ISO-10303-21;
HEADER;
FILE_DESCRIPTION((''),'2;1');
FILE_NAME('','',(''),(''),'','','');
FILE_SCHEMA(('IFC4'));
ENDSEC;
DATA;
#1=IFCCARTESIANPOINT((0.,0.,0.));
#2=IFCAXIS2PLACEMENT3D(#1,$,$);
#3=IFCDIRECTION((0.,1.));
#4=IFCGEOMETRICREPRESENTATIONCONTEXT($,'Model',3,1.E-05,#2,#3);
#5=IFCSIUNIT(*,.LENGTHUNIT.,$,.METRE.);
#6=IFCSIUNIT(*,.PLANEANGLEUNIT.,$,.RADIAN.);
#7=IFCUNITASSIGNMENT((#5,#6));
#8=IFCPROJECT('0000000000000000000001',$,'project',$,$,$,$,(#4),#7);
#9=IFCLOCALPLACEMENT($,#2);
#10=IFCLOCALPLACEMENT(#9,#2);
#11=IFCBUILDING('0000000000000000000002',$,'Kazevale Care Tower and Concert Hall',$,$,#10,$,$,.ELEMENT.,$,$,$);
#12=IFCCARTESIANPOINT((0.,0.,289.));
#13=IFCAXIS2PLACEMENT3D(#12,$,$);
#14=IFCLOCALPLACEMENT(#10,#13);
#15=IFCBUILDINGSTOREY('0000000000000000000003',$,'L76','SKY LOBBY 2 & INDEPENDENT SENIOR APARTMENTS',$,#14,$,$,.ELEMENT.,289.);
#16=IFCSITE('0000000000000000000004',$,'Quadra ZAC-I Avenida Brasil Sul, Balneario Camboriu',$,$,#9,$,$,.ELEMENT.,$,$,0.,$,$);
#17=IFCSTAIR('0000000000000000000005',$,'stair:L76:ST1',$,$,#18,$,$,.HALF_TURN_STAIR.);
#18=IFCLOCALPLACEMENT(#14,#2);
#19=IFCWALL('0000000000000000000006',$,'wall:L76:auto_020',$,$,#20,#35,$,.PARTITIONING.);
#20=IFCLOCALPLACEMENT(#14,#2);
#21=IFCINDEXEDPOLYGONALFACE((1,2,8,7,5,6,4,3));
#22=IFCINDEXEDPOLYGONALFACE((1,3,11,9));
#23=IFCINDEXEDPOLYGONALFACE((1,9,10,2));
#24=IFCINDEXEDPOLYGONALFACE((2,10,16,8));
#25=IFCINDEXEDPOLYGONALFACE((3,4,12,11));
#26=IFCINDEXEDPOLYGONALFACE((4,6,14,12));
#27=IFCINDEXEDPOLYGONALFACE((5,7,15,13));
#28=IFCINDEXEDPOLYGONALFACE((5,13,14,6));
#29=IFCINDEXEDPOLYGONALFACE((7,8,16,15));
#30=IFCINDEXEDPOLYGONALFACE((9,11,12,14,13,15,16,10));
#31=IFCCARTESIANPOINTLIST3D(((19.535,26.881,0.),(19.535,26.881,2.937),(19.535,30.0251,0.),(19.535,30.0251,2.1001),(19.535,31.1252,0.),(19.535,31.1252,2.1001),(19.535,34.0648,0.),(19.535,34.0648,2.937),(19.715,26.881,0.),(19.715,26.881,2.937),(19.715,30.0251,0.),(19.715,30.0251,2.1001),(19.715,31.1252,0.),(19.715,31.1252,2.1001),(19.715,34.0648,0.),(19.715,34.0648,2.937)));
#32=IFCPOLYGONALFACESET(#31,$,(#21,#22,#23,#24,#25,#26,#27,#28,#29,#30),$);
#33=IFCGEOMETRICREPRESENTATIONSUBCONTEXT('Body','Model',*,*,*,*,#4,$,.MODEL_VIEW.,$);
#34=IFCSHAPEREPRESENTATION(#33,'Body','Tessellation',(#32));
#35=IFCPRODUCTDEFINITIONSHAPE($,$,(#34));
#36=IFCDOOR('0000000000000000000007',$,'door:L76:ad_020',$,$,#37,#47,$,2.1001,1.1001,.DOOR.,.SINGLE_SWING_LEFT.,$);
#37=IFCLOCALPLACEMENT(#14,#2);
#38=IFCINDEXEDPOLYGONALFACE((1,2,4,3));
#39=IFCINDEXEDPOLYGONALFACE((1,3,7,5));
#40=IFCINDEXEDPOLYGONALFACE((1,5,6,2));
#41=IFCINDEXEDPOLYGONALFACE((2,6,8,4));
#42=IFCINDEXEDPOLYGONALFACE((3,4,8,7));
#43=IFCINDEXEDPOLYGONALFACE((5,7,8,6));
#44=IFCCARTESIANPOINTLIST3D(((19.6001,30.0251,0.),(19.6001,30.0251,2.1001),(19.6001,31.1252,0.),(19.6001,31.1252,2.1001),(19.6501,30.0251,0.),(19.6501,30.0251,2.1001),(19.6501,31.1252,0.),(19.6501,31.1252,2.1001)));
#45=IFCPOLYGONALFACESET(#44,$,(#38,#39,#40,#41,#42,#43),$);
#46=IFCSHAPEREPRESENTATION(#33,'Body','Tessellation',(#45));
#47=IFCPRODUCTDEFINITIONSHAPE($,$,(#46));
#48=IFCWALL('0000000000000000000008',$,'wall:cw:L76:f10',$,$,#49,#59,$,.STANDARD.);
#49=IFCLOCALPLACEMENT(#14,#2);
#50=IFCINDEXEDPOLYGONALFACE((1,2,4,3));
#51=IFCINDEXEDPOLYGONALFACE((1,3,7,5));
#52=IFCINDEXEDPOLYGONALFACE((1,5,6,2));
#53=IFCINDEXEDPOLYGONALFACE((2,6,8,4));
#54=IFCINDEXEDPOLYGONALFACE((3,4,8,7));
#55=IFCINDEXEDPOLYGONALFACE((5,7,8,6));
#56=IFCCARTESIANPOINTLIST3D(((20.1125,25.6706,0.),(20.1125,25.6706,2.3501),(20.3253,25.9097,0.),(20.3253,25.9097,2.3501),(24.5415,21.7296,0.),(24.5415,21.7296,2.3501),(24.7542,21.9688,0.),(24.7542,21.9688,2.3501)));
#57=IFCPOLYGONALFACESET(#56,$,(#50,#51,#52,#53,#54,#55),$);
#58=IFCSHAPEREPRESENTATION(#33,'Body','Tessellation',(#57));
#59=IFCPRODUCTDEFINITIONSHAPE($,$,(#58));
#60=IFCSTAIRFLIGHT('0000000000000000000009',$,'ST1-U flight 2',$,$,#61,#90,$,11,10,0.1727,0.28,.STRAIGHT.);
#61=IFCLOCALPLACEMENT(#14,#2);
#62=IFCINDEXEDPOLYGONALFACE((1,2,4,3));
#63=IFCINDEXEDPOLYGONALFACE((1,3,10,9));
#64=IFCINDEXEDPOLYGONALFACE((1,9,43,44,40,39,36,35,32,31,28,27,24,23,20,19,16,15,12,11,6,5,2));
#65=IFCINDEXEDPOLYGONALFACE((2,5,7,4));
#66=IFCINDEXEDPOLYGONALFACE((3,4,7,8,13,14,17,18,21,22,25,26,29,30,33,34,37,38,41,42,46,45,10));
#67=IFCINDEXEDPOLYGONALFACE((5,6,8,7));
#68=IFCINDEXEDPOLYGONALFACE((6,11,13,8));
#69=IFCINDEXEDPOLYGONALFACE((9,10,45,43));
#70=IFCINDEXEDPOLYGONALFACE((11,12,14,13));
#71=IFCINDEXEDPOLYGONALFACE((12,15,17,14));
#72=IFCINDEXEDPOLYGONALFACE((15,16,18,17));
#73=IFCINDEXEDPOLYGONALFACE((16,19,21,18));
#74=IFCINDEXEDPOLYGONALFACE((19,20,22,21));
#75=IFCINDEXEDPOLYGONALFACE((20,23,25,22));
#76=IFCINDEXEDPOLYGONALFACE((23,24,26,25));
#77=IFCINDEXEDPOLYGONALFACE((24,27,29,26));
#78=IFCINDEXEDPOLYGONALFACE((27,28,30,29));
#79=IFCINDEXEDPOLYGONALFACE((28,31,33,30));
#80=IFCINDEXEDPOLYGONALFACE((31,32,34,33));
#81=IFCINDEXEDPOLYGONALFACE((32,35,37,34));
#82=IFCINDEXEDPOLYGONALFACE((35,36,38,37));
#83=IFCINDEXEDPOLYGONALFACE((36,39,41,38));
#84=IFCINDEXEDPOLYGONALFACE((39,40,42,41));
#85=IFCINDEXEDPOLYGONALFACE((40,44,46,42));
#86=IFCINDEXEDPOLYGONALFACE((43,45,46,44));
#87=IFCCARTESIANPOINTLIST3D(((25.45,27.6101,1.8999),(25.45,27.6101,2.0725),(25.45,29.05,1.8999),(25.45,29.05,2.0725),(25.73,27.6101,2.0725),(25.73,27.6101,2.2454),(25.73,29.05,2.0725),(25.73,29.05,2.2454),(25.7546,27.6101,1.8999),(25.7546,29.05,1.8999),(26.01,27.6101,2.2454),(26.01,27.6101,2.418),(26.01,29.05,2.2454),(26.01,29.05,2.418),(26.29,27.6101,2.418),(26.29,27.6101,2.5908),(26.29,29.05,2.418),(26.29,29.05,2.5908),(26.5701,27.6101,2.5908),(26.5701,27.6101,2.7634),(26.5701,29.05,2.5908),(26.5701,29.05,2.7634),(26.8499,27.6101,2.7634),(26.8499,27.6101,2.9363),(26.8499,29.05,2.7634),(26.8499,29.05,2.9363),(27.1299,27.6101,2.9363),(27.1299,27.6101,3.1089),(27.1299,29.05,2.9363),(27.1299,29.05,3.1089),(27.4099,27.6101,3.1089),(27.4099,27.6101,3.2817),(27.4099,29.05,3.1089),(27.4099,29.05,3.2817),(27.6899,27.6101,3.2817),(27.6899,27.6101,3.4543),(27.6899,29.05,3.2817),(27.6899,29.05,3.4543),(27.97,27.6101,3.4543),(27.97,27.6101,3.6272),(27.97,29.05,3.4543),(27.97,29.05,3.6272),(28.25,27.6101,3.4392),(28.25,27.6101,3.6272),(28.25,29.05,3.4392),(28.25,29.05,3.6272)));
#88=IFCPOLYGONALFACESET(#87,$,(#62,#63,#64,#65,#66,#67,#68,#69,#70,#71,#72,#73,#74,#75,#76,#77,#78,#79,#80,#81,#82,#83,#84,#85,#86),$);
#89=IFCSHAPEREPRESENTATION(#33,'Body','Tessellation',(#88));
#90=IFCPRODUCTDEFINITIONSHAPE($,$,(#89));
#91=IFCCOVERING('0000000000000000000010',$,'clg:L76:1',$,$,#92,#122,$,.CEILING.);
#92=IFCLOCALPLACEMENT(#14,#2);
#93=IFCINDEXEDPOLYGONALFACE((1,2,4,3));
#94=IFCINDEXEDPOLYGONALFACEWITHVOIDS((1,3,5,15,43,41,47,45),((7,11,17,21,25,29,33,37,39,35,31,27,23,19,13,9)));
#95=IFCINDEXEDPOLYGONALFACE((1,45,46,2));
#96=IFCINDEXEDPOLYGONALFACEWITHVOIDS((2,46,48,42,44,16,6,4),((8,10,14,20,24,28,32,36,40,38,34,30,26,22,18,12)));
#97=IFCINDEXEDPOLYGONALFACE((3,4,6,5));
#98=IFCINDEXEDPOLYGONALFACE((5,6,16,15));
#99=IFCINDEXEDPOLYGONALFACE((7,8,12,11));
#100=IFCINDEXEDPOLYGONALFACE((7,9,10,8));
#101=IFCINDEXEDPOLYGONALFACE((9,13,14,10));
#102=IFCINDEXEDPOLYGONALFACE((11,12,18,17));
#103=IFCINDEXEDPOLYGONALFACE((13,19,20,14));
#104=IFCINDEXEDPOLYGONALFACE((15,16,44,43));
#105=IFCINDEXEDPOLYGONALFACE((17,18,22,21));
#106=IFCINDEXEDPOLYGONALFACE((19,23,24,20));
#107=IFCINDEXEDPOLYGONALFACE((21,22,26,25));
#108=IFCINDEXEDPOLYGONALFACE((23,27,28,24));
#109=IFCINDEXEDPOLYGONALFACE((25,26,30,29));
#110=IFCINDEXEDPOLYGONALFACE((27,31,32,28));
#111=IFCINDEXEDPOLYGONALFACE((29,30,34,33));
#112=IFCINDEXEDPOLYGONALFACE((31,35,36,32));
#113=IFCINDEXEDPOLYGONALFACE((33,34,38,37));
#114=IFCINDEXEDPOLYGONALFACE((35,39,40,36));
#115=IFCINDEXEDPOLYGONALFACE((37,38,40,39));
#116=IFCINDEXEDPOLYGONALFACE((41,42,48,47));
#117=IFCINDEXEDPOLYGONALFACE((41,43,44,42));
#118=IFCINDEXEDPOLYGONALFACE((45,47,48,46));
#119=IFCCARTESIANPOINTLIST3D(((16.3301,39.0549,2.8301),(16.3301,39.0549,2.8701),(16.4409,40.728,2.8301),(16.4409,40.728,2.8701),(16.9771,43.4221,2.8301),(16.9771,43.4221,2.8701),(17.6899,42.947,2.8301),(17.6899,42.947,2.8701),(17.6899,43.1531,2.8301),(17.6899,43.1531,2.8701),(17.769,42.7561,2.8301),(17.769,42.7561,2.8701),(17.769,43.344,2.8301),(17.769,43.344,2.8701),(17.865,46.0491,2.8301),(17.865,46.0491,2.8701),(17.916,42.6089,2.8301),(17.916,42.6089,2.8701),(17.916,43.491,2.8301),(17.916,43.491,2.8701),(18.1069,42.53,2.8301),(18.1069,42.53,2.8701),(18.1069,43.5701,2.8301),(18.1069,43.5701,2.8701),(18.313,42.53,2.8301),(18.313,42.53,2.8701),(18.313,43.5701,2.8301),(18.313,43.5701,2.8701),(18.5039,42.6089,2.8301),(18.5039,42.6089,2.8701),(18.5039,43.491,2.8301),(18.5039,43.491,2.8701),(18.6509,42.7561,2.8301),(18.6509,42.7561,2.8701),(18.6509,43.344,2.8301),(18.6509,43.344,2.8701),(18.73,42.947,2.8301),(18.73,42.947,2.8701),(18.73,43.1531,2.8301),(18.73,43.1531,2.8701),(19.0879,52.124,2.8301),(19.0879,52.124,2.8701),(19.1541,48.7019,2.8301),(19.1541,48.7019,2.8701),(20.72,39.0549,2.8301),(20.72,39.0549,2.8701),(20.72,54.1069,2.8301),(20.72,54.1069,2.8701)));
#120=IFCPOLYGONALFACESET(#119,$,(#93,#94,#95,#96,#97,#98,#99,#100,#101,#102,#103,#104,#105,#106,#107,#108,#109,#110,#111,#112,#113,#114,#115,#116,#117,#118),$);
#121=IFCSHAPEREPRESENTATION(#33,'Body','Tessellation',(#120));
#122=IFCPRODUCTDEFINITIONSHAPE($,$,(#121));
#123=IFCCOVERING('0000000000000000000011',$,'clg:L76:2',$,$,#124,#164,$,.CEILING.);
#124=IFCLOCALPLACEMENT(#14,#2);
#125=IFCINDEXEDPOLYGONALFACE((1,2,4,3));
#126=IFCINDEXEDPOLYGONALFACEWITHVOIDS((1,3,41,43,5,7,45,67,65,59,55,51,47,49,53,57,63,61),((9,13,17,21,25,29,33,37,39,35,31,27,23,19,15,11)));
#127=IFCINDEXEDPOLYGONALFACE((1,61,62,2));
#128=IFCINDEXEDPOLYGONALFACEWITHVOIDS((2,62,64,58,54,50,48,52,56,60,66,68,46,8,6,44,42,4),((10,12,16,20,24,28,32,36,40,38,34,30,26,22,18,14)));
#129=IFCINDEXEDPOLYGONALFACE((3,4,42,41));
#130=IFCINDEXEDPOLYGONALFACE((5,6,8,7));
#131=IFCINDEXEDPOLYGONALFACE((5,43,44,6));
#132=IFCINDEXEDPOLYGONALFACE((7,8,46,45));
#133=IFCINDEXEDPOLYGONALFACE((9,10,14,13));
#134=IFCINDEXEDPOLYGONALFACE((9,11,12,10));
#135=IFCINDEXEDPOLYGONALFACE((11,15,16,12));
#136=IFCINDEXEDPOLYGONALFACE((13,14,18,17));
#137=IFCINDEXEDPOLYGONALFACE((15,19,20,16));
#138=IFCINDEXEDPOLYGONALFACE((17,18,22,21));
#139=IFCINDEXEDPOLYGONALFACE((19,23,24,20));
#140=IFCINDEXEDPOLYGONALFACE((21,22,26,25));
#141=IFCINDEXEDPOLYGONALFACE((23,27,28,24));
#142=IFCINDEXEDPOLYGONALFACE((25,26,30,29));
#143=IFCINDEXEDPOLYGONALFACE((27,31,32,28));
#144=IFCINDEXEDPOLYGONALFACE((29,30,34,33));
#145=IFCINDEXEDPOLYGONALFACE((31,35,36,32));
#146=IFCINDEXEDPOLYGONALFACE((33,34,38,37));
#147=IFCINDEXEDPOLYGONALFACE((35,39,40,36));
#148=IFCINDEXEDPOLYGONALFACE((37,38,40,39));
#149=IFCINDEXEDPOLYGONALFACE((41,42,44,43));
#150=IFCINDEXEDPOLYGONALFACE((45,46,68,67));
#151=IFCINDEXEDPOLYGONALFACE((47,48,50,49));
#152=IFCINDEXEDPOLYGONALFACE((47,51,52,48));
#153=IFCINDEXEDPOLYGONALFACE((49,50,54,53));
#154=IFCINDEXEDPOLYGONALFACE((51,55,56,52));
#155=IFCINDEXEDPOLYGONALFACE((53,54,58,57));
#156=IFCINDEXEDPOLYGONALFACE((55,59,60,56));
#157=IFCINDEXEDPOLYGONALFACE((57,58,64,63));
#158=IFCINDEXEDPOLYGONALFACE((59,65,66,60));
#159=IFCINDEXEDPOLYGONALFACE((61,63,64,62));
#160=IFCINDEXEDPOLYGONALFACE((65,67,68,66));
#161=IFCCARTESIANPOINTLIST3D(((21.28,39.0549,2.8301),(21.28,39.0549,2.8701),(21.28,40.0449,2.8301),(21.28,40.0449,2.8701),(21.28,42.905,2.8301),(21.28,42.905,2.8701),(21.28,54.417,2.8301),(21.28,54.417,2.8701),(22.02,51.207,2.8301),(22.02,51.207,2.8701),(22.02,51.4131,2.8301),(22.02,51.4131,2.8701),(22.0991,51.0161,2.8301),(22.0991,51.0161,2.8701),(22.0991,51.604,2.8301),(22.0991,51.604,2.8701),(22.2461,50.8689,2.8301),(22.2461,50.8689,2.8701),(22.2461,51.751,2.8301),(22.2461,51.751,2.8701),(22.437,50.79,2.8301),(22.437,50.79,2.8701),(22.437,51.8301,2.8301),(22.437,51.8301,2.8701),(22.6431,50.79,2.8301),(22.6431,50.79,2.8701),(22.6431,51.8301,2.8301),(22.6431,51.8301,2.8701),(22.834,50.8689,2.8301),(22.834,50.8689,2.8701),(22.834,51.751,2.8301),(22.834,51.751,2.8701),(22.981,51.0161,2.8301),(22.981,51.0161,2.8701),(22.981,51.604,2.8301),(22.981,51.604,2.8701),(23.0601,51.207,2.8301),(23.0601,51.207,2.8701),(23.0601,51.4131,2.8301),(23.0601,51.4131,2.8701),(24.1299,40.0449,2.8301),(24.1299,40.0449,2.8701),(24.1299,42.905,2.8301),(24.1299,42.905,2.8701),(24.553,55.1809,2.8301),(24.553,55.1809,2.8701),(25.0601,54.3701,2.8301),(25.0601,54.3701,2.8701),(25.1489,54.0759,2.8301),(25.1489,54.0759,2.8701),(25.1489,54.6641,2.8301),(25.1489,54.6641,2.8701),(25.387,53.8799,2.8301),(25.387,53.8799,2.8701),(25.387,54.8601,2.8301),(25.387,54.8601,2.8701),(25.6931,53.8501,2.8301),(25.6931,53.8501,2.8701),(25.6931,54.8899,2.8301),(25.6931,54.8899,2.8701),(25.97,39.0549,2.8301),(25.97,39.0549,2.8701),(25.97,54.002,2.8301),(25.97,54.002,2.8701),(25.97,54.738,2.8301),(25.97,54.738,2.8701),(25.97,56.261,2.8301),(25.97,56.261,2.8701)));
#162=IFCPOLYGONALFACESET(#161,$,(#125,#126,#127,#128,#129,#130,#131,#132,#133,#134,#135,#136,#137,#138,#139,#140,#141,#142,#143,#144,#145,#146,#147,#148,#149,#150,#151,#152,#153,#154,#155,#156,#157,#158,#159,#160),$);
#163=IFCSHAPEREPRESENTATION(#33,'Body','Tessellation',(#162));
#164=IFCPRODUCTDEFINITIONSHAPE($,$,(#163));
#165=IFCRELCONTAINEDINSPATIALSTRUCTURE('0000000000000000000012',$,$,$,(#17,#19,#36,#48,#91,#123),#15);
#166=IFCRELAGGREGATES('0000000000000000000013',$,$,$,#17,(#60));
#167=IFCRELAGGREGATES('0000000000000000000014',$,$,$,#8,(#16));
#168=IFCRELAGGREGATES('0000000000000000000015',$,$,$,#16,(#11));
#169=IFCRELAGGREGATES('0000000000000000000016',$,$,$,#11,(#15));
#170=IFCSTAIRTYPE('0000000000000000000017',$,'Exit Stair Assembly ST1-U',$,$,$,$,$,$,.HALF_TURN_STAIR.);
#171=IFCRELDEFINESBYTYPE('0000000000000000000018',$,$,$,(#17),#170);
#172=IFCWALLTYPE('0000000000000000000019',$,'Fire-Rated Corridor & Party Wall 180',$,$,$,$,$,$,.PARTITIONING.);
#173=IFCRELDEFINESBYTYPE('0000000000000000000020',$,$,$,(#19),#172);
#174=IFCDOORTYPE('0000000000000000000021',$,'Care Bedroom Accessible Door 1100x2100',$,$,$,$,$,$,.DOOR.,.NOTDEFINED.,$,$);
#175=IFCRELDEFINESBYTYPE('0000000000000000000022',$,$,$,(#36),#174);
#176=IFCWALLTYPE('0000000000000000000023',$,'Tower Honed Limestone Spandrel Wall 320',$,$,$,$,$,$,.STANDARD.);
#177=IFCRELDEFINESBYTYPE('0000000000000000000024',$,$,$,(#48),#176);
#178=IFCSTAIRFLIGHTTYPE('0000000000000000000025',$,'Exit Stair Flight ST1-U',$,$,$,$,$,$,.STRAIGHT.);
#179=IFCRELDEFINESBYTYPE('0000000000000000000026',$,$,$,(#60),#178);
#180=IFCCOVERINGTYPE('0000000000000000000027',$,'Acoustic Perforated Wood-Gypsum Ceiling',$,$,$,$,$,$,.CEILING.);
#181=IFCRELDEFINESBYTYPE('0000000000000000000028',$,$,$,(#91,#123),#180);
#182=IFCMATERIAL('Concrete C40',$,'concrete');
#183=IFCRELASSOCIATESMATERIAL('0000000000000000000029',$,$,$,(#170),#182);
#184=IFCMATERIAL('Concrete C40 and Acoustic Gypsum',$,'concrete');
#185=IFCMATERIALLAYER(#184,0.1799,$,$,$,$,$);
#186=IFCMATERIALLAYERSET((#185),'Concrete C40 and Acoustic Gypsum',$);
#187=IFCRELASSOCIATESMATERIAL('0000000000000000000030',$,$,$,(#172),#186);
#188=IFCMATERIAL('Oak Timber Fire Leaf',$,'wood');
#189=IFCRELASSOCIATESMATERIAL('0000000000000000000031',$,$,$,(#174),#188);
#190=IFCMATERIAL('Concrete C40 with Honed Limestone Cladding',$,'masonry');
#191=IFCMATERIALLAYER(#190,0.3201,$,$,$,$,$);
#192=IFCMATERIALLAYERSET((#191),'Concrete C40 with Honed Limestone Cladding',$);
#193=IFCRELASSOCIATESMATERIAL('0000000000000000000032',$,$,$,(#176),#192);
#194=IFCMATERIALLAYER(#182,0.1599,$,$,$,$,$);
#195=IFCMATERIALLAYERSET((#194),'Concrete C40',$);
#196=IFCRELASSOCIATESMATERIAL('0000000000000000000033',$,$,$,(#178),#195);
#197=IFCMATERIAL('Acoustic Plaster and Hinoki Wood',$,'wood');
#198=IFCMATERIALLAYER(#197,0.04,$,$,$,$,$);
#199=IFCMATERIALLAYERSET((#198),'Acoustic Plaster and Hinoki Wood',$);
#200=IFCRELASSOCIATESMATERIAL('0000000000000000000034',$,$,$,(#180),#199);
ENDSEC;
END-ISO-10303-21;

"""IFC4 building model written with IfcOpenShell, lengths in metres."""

from ifc_helpers import new_model, si_unit, direction, frame, frame_2d, origin, place, context, subcontext, project, spatial, polyline, rectangle, outline, extrude, material, layer, layer_set, type_object, element, fill, aggregate, save


model = new_model("IFC4")

# Units and contexts
model_context = context("Model", 3, precision=1e-05, world=origin(), true_north=direction((0.0, 1.0)))
body_context = subcontext(model_context, "Body", "Model", "MODEL_VIEW")
ifc_project = project(units=[si_unit("LENGTHUNIT", "METRE"), si_unit("PLANEANGLEUNIT", "RADIAN")], contexts=[model_context])

# Site, building, storey
site_placement = place(None, origin())
site = spatial("IfcSite", under=ifc_project, at=site_placement, Name="Quadra ZAC-I Avenida Brasil Sul, Balneario Camboriu", CompositionType="ELEMENT", RefElevation=0.0)
building_placement = place(site_placement, origin())
building = spatial("IfcBuilding", under=site, at=building_placement, Name="Kazevale Care Tower and Concert Hall", CompositionType="ELEMENT")
storey_placement = place(building_placement, frame((0.0, 0.0, 289.0)))
storey = spatial("IfcBuildingStorey", under=building, at=storey_placement, Name="L76", Description="SKY LOBBY 2 & INDEPENDENT SENIOR APARTMENTS", CompositionType="ELEMENT", Elevation=289.0)

# Shared definitions
ifc_material_1 = material(Name="Concrete C40", Category="concrete")

# Stair
stair_type = type_object("IfcStairType", Name="Exit Stair Assembly ST1-U", PredefinedType="HALF_TURN_STAIR", material=ifc_material_1)
stair_1_placement = place(storey_placement, origin())
stair_1 = element("IfcStair", 1, at=stair_1_placement, inside=storey, type_object=stair_type, Name="stair:L76:ST1", PredefinedType="HALF_TURN_STAIR")

# Wall, opening, door
ifc_material_2 = material(Name="Concrete C40 and Acoustic Gypsum", Category="concrete")
ifc_layer_1 = layer(ifc_material_2, 0.1799)
ifc_layer_set_1 = layer_set([ifc_layer_1], Name="Concrete C40 and Acoustic Gypsum")
wall_type_1 = type_object("IfcWallType", Name="Fire-Rated Corridor & Party Wall 180", PredefinedType="PARTITIONING", material=ifc_layer_set_1)
wall_1_placement = place(storey_placement, frame((19.625, 26.8811, 0.0), z_axis=(0.0, 0.0, 1.0), x_axis=(0.0, 1.0, 0.0)))
wall_1 = element("IfcWall", 2, at=wall_1_placement, inside=storey, type_object=wall_type_1, Name="wall:L76:auto_020", PredefinedType="PARTITIONING", context=body_context, shape_type="SweptSolid", body=[
    extrude(rectangle(XDim=7.1838, YDim=0.1799, at=frame_2d((3.5918, 0.0))), origin(), (0.0, 0.0, 1.0), 2.937),
])
opening_1_placement = place(wall_1_placement, frame((3.144, 0.0, 0.0)))
opening_1 = element("IfcOpeningElement", 3, at=opening_1_placement, cuts=wall_1, PredefinedType="OPENING", context=body_context, shape_type="SweptSolid", body=[
    extrude(rectangle(XDim=1.1001, YDim=2.1001, at=frame_2d((0.55, 1.05))), frame((0.0, 0.0999, 0.0), z_axis=(0.0, -1.0, 0.0), x_axis=(1.0, 0.0, 0.0)), (0.0, 0.0, 1.0), 0.2),
])
ifc_material_3 = material(Name="Oak Timber Fire Leaf", Category="wood")
door_type_1 = type_object("IfcDoorType", Name="Care Bedroom Accessible Door 1100x2100", OperationType="NOTDEFINED", PredefinedType="DOOR", material=ifc_material_3)
door_1_placement = place(opening_1_placement, origin())
door_1 = element("IfcDoor", 4, at=door_1_placement, inside=storey, type_object=door_type_1, Name="door:L76:ad_020", OperationType="SINGLE_SWING_LEFT", OverallHeight=2.1001, OverallWidth=1.1001, PredefinedType="DOOR", context=body_context, shape_type="SweptSolid", body=[
    extrude(rectangle(XDim=1.1001, YDim=2.1001, at=frame_2d((0.55, 1.05))), frame((0.0, 0.0249, 0.0), z_axis=(0.0, -1.0, 0.0), x_axis=(1.0, 0.0, 0.0)), (0.0, 0.0, 1.0), 0.05),
])
fill(opening_1, door_1)

# Wall
ifc_material_4 = material(Name="Concrete C40 with Honed Limestone Cladding", Category="masonry")
ifc_layer_2 = layer(ifc_material_4, 0.3201)
ifc_layer_set_2 = layer_set([ifc_layer_2], Name="Concrete C40 with Honed Limestone Cladding")
wall_type_2 = type_object("IfcWallType", Name="Tower Honed Limestone Spandrel Wall 320", PredefinedType="STANDARD", material=ifc_layer_set_2)
wall_2_placement = place(storey_placement, frame((24.6479, 21.8491, 0.0), z_axis=(0.0, 0.0, 1.0), x_axis=(-0.747068, 0.664747, 0.0)))
element("IfcWall", 5, at=wall_2_placement, inside=storey, type_object=wall_type_2, Name="wall:cw:L76:f10", PredefinedType="STANDARD", context=body_context, shape_type="SweptSolid", body=[
    extrude(rectangle(XDim=5.9285, YDim=0.3201, at=frame_2d((2.9644, 0.0))), origin(), (0.0, 0.0, 1.0), 2.3501),
])

# Stair flight
ifc_layer_3 = layer(ifc_material_1, 0.1599)
ifc_layer_set_3 = layer_set([ifc_layer_3], Name="Concrete C40")
stair_flight_type = type_object("IfcStairFlightType", Name="Exit Stair Flight ST1-U", PredefinedType="STRAIGHT", material=ifc_layer_set_3)
stair_flight_placement = place(storey_placement, frame((25.45, 28.3301, 1.8999), z_axis=(0.0, 0.0, 1.0), x_axis=(1.0, 0.0, 0.0)))
stair_flight = element("IfcStairFlight", 6, at=stair_flight_placement, type_object=stair_flight_type, Name="ST1-U flight 2", NumberOfRisers=11, NumberOfTreads=10, PredefinedType="STRAIGHT", RiserHeight=0.1727, TreadLength=0.28, context=body_context, shape_type="SweptSolid", body=[
    extrude(outline(polyline([(0.0, 0.0), (0.0, 0.1726), (0.28, 0.1726), (0.28, 0.3455), (0.5601, 0.3455), (0.5601, 0.5181), (0.8401, 0.5181), (0.8401, 0.6909), (1.1201, 0.6909), (1.1201, 0.8635), (1.3999, 0.8635), (1.3999, 1.0364), (1.6799, 1.0364), (1.6799, 1.209), (1.96, 1.209), (1.96, 1.3818), (2.24, 1.3818), (2.24, 1.5544), (2.52, 1.5544), (2.52, 1.7273), (2.8, 1.7273), (2.8, 1.8999), (2.8, 1.5393), (0.3047, 0.0), (0.0, 0.0)])), frame((0.0, 0.72, 0.0), z_axis=(0.0, -1.0, 0.0), x_axis=(1.0, 0.0, 0.0)), (0.0, 0.0, 1.0), 1.4399),
])
aggregate(stair_1, [stair_flight])

# Coverings
ifc_material_5 = material(Name="Acoustic Plaster and Hinoki Wood", Category="wood")
ifc_layer_4 = layer(ifc_material_5, 0.04)
ifc_layer_set_4 = layer_set([ifc_layer_4], Name="Acoustic Plaster and Hinoki Wood")
covering_type = type_object("IfcCoveringType", Name="Acoustic Perforated Wood-Gypsum Ceiling", PredefinedType="CEILING", material=ifc_layer_set_4)
covering_1_placement = place(storey_placement, frame((0.0, 0.0, 2.8301)))
element("IfcCovering", 7, at=covering_1_placement, inside=storey, type_object=covering_type, Name="clg:L76:1", PredefinedType="CEILING", context=body_context, shape_type="SweptSolid", body=[
    extrude(outline(polyline([(16.9771, 43.4221), (17.865, 46.0491), (19.1541, 48.7019), (19.0879, 52.124), (20.72, 54.1069), (20.72, 39.0549), (16.3301, 39.0549), (16.4409, 40.728), (16.9771, 43.4221)]), holes=[polyline([(18.73, 43.1531), (18.6509, 43.344), (18.5039, 43.491), (18.313, 43.5701), (18.1069, 43.5701), (17.916, 43.491), (17.769, 43.344), (17.6899, 43.1531), (17.6899, 42.947), (17.769, 42.7561), (17.916, 42.6089), (18.1069, 42.53), (18.313, 42.53), (18.5039, 42.6089), (18.6509, 42.7561), (18.73, 42.947), (18.73, 43.1531)])]), origin(), (0.0, 0.0, 1.0), 0.04),
])
covering_2_placement = place(storey_placement, frame((0.0, 0.0, 2.8301)))
element("IfcCovering", 8, at=covering_2_placement, inside=storey, type_object=covering_type, Name="clg:L76:2", PredefinedType="CEILING", context=body_context, shape_type="SweptSolid", body=[
    extrude(outline(polyline([(24.1299, 42.905), (21.28, 42.905), (21.28, 54.417), (24.553, 55.1809), (25.97, 56.261), (25.97, 54.738), (25.6931, 54.8899), (25.387, 54.8601), (25.1489, 54.6641), (25.0601, 54.3701), (25.1489, 54.0759), (25.387, 53.8799), (25.6931, 53.8501), (25.97, 54.002), (25.97, 39.0549), (21.28, 39.0549), (21.28, 40.0449), (24.1299, 40.0449), (24.1299, 42.905)]), holes=[polyline([(23.0601, 51.4131), (22.981, 51.604), (22.834, 51.751), (22.6431, 51.8301), (22.437, 51.8301), (22.2461, 51.751), (22.0991, 51.604), (22.02, 51.4131), (22.02, 51.207), (22.0991, 51.0161), (22.2461, 50.8689), (22.437, 50.79), (22.6431, 50.79), (22.834, 50.8689), (22.981, 51.0161), (23.0601, 51.207), (23.0601, 51.4131)])]), origin(), (0.0, 0.0, 1.0), 0.04),
])

save(model, "model.ifc")
